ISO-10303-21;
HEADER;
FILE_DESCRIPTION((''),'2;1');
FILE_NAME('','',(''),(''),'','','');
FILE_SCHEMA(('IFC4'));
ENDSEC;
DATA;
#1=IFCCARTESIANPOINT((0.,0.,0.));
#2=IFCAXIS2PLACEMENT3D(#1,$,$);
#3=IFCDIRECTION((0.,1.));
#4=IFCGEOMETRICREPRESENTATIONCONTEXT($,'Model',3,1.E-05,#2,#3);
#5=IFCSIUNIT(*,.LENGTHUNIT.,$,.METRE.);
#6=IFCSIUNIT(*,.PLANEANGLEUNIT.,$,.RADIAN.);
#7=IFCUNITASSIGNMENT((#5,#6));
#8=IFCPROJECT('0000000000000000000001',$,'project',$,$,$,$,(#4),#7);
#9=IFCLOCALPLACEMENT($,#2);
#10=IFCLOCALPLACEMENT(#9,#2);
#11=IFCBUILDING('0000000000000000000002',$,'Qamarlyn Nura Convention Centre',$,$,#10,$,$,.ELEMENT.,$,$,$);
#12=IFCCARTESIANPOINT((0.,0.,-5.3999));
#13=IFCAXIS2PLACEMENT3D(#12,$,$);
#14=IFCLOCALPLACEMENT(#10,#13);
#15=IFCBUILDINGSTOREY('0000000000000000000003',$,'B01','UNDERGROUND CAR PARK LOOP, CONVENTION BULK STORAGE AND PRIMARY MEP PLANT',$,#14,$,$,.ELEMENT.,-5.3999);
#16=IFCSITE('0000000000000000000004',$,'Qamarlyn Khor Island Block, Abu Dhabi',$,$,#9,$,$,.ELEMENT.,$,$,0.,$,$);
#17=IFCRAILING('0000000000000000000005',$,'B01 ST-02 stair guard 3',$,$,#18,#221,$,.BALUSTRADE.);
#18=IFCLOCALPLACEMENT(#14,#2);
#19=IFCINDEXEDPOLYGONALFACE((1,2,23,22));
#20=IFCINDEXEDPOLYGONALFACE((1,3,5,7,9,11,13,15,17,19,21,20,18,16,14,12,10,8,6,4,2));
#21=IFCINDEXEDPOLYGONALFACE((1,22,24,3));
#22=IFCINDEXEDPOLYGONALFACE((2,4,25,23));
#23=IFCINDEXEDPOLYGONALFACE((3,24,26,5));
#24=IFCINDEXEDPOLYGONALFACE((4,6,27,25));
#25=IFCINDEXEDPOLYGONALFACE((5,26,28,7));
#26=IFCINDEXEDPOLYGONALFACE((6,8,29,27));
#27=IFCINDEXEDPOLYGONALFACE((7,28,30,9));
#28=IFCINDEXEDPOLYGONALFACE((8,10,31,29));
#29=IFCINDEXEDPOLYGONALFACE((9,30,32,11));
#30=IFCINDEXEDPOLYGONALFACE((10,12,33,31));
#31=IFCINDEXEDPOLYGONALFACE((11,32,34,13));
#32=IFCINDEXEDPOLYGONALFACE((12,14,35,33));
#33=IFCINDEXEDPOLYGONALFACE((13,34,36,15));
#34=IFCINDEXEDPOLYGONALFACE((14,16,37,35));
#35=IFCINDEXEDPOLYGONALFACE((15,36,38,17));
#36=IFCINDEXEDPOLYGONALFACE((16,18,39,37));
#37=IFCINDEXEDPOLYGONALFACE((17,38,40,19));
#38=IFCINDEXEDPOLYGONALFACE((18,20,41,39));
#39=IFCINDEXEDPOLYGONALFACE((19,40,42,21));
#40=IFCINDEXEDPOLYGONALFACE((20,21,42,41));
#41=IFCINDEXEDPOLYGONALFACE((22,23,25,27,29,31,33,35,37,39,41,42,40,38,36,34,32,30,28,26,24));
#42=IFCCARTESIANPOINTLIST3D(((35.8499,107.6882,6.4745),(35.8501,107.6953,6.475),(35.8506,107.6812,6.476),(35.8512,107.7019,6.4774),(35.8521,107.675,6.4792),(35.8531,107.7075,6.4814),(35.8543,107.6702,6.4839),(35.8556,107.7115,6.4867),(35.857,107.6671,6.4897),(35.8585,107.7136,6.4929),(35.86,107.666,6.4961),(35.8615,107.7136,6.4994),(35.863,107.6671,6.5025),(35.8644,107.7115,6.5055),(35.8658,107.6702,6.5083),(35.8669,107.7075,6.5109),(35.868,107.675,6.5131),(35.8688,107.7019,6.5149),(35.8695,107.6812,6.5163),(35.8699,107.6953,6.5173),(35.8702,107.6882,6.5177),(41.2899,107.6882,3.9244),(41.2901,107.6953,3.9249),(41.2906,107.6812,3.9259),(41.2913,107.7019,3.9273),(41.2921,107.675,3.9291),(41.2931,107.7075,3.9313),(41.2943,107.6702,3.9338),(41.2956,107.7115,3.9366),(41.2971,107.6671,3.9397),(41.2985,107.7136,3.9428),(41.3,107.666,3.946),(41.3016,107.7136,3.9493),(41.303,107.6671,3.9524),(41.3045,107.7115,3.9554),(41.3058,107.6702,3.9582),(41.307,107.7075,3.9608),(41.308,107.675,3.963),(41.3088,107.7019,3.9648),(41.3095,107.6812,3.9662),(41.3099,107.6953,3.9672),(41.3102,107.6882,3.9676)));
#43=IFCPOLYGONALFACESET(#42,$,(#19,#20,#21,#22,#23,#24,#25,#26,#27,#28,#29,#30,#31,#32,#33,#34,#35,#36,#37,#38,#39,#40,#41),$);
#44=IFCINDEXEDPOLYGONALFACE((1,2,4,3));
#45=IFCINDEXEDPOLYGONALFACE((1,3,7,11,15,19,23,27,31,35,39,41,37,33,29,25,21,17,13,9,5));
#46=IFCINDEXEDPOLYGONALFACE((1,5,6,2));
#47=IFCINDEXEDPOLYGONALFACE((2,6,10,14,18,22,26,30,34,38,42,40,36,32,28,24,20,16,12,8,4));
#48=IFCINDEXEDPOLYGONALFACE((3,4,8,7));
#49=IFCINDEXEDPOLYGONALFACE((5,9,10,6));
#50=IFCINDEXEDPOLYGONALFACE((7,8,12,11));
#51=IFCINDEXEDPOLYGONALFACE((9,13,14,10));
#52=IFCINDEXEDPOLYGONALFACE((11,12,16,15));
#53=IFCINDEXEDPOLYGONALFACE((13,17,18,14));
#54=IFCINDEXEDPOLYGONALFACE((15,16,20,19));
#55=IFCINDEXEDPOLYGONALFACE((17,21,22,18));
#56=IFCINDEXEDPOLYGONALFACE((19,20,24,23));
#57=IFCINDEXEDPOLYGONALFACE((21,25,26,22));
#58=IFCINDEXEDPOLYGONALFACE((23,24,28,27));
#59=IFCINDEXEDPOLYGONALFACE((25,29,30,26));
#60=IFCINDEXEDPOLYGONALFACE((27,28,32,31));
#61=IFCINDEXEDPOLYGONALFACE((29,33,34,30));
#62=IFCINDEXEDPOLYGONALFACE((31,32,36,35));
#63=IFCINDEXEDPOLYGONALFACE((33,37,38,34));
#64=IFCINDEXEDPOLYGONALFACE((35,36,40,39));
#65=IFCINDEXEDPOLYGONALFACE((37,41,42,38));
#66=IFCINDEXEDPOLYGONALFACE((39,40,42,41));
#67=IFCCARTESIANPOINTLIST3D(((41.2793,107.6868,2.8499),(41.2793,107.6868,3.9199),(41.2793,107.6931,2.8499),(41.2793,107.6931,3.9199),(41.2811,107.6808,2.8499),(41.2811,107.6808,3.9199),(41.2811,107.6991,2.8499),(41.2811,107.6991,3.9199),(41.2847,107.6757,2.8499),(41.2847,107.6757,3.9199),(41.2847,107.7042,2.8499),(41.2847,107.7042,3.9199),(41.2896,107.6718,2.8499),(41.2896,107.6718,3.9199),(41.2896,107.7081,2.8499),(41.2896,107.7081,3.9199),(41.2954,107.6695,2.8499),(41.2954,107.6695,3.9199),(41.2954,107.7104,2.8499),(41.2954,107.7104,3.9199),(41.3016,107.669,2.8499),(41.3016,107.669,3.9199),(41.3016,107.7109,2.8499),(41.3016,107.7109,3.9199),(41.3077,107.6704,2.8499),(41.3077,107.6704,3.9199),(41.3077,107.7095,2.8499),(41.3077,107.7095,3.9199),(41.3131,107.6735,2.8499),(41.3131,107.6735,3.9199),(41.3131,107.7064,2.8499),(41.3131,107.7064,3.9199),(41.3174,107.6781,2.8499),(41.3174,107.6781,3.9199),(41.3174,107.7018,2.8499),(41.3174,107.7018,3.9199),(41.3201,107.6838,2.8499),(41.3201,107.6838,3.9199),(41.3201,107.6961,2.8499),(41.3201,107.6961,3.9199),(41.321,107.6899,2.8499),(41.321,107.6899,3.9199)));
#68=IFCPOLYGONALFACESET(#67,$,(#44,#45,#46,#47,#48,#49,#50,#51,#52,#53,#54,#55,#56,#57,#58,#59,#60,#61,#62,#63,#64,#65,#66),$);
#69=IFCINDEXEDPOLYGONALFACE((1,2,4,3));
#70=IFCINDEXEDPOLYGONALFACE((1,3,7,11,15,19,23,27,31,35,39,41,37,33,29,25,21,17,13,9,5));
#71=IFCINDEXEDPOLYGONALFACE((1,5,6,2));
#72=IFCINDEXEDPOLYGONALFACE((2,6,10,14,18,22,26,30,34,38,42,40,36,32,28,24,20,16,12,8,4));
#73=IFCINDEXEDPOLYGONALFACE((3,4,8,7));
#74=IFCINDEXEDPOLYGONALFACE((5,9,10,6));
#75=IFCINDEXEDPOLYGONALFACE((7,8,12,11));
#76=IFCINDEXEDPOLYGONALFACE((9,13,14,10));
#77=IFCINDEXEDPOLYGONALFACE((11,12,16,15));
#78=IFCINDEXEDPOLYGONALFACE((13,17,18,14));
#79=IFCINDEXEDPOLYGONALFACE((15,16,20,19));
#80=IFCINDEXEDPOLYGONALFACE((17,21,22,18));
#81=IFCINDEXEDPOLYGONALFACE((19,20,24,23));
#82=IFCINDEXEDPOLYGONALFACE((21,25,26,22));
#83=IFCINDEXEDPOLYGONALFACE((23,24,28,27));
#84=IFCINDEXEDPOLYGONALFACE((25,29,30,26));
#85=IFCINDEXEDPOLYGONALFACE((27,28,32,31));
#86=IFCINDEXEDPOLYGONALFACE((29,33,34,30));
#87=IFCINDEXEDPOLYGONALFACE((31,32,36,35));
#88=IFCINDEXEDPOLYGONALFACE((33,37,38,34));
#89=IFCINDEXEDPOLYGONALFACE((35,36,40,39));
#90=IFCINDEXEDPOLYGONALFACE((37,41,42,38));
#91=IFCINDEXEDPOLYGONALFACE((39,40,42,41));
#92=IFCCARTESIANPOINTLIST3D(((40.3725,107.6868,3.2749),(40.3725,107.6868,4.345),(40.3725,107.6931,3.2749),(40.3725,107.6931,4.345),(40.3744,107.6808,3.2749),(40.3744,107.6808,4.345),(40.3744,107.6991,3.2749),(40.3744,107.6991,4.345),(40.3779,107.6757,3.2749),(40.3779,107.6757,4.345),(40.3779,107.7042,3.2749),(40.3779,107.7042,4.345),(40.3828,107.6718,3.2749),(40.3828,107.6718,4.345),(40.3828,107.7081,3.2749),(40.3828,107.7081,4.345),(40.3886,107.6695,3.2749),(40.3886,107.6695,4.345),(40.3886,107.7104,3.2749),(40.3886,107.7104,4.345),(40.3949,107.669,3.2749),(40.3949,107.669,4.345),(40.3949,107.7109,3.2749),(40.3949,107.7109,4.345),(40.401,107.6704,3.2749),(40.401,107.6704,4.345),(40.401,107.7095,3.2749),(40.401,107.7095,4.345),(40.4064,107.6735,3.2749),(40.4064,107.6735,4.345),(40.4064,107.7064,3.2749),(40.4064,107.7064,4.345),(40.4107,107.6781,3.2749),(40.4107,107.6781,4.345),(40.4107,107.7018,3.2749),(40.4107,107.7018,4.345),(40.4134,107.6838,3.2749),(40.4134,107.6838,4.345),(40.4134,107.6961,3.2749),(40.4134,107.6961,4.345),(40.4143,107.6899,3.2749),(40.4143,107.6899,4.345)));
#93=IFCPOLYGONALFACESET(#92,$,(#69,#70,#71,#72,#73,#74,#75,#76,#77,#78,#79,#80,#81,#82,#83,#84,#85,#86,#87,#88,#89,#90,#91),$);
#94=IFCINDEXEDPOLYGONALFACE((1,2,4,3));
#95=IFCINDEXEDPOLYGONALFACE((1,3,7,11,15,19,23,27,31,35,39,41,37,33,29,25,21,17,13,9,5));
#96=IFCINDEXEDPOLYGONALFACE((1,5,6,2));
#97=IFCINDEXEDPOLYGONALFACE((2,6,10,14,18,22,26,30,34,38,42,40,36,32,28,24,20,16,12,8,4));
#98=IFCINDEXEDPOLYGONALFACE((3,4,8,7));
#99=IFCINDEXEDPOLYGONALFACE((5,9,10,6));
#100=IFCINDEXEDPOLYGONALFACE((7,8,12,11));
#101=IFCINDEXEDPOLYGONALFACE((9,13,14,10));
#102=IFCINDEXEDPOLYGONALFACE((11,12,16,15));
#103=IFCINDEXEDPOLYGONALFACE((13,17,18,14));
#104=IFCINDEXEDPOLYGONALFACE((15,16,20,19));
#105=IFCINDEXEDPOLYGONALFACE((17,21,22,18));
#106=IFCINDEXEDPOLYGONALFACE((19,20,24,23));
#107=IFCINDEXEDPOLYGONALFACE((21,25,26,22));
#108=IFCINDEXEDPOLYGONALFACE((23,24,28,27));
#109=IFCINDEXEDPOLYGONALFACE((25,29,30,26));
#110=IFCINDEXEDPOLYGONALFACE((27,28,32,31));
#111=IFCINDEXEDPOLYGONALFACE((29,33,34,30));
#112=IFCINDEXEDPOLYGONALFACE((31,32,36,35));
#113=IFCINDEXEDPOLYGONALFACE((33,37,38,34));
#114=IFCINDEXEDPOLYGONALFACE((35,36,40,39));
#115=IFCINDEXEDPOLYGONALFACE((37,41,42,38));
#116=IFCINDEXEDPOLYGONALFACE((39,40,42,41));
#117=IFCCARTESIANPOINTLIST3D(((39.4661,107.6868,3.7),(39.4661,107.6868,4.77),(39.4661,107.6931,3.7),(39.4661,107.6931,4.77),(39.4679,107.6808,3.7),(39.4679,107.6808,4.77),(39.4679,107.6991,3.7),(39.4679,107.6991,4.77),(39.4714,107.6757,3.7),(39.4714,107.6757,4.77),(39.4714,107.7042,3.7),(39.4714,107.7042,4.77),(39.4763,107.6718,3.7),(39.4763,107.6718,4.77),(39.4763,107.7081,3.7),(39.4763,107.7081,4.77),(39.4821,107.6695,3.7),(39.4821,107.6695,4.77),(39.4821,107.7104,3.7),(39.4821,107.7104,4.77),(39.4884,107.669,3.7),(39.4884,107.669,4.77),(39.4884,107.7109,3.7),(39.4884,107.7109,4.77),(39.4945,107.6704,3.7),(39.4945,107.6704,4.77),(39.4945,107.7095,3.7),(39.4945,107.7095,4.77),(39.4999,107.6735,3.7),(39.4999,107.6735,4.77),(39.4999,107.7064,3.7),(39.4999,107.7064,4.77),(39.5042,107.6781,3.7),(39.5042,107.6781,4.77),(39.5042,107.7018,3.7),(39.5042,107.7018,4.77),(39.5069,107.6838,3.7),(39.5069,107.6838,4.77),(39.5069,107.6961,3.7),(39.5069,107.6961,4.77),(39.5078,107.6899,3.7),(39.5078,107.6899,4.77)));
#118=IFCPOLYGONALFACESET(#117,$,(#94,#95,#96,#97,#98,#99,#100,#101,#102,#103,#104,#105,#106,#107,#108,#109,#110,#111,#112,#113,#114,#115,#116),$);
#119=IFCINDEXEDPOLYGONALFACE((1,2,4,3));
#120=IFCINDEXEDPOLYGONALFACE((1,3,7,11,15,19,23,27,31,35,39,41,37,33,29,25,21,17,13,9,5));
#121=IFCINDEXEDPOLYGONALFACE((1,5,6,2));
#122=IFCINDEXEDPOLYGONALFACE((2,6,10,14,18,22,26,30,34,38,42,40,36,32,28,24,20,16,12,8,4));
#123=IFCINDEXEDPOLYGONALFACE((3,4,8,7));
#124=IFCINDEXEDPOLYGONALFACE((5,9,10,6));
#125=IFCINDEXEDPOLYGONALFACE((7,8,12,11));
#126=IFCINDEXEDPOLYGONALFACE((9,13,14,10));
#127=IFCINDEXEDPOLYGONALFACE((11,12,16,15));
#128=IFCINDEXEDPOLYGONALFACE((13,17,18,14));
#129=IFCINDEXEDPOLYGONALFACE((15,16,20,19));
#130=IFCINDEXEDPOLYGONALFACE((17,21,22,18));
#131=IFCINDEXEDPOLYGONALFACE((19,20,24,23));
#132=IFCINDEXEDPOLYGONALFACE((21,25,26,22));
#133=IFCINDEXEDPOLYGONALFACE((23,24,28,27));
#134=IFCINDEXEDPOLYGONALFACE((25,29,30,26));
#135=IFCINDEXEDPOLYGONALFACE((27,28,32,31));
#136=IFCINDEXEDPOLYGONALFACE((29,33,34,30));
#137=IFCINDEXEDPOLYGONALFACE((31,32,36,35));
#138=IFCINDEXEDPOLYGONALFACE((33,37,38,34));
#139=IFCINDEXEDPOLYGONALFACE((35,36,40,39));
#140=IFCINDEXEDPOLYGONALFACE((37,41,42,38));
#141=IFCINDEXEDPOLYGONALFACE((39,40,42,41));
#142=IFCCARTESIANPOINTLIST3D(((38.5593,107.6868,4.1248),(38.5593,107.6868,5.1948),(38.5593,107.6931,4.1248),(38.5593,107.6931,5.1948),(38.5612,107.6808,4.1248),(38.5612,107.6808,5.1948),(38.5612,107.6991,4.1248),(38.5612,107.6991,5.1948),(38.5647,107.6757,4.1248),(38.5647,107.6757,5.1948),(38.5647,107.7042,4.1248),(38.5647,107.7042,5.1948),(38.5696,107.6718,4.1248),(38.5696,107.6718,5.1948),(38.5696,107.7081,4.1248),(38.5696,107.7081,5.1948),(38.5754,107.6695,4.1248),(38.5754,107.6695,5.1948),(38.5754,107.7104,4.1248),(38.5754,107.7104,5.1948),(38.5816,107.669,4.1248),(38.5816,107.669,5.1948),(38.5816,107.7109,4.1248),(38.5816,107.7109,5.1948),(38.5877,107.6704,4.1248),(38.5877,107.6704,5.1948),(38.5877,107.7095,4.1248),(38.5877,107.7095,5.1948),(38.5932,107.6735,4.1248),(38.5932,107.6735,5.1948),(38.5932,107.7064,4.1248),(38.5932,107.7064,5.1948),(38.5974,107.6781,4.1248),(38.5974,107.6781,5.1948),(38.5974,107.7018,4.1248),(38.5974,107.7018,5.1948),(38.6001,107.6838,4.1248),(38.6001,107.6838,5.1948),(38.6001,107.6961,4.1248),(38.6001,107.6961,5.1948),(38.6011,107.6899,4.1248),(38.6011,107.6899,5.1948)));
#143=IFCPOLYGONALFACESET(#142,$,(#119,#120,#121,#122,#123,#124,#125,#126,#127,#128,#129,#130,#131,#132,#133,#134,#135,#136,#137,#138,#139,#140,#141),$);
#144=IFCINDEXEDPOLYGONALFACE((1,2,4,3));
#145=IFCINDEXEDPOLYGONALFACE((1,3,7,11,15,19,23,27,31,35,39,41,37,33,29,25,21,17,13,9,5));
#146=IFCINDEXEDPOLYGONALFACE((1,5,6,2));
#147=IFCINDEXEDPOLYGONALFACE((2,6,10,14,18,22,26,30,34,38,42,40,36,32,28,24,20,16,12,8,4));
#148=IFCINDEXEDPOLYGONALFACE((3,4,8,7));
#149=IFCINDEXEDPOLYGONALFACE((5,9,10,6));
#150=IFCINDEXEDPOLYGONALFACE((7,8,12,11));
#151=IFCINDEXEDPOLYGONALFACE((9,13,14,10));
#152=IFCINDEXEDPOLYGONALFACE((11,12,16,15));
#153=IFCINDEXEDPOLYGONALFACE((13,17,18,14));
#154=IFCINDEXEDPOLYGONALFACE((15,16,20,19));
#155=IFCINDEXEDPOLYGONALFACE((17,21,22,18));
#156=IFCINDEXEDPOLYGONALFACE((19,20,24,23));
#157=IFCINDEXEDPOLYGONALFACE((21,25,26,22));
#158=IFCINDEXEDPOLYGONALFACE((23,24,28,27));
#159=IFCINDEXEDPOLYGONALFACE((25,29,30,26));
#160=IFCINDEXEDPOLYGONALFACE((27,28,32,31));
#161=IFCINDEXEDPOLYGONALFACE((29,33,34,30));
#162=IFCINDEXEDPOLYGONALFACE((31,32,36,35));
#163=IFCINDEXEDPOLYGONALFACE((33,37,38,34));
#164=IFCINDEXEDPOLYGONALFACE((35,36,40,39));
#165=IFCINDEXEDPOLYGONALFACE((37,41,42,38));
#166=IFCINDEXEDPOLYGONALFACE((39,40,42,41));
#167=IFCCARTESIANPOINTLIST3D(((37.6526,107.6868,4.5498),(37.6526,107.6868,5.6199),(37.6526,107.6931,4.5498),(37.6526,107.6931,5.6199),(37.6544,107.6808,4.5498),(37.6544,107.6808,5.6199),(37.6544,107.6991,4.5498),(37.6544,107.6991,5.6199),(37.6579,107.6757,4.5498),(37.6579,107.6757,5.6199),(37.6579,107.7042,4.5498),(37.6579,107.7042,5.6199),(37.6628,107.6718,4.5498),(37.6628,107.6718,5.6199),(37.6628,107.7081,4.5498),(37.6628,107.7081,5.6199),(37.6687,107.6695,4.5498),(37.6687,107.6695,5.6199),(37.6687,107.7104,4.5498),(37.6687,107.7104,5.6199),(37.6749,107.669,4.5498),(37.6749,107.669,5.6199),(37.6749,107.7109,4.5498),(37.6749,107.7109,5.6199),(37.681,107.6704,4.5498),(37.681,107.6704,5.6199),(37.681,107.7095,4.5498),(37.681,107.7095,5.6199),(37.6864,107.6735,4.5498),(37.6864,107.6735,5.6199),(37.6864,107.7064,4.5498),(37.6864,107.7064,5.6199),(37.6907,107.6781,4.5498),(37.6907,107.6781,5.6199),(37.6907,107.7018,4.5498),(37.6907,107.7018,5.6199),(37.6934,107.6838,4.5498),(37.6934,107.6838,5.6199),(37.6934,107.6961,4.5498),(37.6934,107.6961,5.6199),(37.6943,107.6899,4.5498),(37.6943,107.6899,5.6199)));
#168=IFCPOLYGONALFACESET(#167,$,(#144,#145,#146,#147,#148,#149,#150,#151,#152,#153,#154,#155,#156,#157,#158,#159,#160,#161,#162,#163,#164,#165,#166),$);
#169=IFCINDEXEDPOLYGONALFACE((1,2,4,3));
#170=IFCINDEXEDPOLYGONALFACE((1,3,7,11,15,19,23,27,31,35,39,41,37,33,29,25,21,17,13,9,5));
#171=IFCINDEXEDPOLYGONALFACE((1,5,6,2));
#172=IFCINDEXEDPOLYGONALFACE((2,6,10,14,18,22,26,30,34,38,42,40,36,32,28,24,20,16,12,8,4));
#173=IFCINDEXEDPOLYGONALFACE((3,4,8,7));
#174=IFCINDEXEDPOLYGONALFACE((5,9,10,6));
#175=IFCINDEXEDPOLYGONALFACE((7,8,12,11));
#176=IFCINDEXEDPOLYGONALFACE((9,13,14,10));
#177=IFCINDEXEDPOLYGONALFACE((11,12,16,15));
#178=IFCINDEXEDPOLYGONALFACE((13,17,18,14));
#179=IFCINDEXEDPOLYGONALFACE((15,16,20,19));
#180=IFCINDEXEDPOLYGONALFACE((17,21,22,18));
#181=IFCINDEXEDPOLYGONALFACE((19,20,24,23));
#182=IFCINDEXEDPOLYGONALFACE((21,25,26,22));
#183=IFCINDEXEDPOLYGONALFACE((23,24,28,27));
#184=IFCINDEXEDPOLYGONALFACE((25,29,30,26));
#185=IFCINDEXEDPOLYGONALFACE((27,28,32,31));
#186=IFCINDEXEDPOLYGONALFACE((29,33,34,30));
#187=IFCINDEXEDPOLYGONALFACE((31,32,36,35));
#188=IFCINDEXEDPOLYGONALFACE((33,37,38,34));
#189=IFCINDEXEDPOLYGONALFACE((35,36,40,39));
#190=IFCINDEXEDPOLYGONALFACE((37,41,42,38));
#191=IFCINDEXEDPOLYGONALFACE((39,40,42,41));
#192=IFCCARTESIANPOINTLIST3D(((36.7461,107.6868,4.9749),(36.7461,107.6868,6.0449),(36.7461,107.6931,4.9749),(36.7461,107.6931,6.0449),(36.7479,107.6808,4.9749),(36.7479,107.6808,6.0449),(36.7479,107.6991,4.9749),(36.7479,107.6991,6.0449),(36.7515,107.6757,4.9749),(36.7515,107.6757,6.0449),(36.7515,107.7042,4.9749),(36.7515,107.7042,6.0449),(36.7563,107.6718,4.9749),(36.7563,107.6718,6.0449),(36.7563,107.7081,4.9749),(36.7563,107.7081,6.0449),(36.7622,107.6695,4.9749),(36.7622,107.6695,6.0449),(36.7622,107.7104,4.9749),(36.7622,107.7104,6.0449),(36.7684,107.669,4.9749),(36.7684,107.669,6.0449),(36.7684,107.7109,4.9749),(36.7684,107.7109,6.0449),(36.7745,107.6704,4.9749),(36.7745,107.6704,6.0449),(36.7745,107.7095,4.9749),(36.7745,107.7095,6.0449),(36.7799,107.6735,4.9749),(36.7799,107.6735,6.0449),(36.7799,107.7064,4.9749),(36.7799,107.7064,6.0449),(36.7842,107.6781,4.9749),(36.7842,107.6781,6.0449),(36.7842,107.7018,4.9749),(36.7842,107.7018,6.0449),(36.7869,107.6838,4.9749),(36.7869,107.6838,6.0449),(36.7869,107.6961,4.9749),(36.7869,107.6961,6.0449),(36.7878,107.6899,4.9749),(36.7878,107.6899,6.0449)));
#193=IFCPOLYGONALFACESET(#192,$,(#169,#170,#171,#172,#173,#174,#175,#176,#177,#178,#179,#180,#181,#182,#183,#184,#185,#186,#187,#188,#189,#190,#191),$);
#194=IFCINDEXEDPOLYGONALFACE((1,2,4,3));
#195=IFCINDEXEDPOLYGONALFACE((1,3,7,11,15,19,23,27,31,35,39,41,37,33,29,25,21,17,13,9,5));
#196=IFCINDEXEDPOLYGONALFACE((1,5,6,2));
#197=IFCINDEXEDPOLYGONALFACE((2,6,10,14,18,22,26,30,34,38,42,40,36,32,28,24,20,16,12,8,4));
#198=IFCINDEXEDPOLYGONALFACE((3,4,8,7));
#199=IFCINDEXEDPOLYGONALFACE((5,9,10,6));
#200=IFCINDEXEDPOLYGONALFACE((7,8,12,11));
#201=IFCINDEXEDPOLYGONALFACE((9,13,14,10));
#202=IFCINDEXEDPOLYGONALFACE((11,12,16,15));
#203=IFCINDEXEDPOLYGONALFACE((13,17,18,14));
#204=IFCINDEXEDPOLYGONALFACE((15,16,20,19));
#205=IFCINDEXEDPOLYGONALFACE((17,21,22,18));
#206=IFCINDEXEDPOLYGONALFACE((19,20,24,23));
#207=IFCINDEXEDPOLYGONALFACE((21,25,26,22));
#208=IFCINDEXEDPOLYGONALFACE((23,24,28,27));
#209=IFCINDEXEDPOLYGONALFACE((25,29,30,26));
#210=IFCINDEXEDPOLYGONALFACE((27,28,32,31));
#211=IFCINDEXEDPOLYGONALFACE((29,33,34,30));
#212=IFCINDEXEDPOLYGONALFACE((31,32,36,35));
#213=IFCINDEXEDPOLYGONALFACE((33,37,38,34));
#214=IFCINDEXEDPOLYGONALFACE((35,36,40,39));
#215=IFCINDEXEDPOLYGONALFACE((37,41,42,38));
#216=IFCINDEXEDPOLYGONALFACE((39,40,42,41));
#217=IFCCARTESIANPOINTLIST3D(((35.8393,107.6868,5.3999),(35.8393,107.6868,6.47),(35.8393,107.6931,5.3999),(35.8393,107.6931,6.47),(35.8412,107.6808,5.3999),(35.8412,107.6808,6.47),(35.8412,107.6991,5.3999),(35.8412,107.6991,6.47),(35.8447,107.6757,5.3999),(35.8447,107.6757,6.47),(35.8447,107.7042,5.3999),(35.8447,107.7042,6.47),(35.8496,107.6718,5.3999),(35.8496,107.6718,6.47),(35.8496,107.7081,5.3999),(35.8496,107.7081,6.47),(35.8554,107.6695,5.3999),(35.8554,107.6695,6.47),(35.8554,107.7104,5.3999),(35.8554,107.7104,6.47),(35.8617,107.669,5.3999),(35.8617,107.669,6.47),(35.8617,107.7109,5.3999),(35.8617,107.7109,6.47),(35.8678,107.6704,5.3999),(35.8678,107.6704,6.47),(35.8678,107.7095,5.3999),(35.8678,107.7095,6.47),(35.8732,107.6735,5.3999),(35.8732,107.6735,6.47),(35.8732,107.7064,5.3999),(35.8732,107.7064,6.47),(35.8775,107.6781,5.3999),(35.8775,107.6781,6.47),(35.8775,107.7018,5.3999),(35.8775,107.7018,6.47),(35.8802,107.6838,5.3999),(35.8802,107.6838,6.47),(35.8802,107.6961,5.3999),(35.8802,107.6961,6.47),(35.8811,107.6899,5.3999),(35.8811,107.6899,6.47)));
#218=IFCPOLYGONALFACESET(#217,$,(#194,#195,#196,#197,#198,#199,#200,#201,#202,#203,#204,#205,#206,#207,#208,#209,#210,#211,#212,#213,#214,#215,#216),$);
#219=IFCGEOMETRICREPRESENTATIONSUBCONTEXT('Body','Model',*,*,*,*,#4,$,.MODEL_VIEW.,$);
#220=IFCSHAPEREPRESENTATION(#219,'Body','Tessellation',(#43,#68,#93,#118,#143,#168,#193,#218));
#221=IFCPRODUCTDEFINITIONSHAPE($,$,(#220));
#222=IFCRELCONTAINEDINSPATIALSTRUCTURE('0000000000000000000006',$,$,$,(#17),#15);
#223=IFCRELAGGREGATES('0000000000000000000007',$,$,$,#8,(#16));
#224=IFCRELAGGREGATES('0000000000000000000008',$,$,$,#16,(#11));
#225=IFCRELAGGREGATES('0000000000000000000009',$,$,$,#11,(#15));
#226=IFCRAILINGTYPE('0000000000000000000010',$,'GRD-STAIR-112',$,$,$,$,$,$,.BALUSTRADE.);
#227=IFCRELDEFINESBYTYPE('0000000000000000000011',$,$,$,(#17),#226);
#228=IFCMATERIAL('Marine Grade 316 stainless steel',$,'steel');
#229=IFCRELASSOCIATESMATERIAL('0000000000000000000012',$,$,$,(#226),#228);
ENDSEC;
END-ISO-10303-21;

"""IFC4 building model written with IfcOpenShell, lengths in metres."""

from ifc_helpers import new_model, si_unit, direction, frame, origin, origin_2d, place, context, subcontext, project, spatial, circle, extrude, material, type_object, element, save


model = new_model("IFC4")

# Units and contexts
model_context = context("Model", 3, precision=1e-05, world=origin(), true_north=direction((0.0, 1.0)))
body_context = subcontext(model_context, "Body", "Model", "MODEL_VIEW")
ifc_project = project(units=[si_unit("LENGTHUNIT", "METRE"), si_unit("PLANEANGLEUNIT", "RADIAN")], contexts=[model_context])

# Site, building, storey
site_placement = place(None, origin())
site = spatial("IfcSite", under=ifc_project, at=site_placement, Name="Qamarlyn Khor Island Block, Abu Dhabi", CompositionType="ELEMENT", RefElevation=0.0)
building_placement = place(site_placement, origin())
building = spatial("IfcBuilding", under=site, at=building_placement, Name="Qamarlyn Nura Convention Centre", CompositionType="ELEMENT")
storey_placement = place(building_placement, frame((0.0, 0.0, -5.3999)))
storey = spatial("IfcBuildingStorey", under=building, at=storey_placement, Name="B01", Description="UNDERGROUND CAR PARK LOOP, CONVENTION BULK STORAGE AND PRIMARY MEP PLANT", CompositionType="ELEMENT", Elevation=-5.3999)

# Railing
ifc_material_1 = material(Name="Marine Grade 316 stainless steel", Category="steel")
railing_type_1 = type_object("IfcRailingType", Name="GRD-STAIR-112", PredefinedType="BALUSTRADE", material=ifc_material_1)
railing_1_placement = place(storey_placement, frame((41.3, 107.6899, 2.8499)))
element("IfcRailing", 1, at=railing_1_placement, inside=storey, type_object=railing_type_1, Name="B01 ST-02 stair guard 3", PredefinedType="BALUSTRADE", context=body_context, shape_type="SweptSolid", body=[
    extrude(circle(Radius=0.0239, at=origin_2d()), frame((0.0, 0.0, 1.0962), z_axis=(-0.905454, 0.0, 0.424444), x_axis=(0.0, -1.0, 0.0)), (0.0, 0.0, 1.0), 6.0081),
    extrude(circle(Radius=0.021, at=origin_2d()), origin(), (0.0, 0.0, 1.0), 1.0701),
    extrude(circle(Radius=0.021, at=origin_2d()), frame((-0.9067, 0.0, 0.425)), (0.0, 0.0, 1.0), 1.0701),
    extrude(circle(Radius=0.021, at=origin_2d()), frame((-1.8132, 0.0, 0.8501)), (0.0, 0.0, 1.0), 1.0701),
    extrude(circle(Radius=0.021, at=origin_2d()), frame((-2.72, 0.0, 1.2749)), (0.0, 0.0, 1.0), 1.0701),
    extrude(circle(Radius=0.021, at=origin_2d()), frame((-3.6267, 0.0, 1.7)), (0.0, 0.0, 1.0), 1.0701),
    extrude(circle(Radius=0.021, at=origin_2d()), frame((-4.5332, 0.0, 2.125)), (0.0, 0.0, 1.0), 1.0701),
    extrude(circle(Radius=0.021, at=origin_2d()), frame((-5.4399, 0.0, 2.55)), (0.0, 0.0, 1.0), 1.0701),
])

save(model, "model.ifc")
